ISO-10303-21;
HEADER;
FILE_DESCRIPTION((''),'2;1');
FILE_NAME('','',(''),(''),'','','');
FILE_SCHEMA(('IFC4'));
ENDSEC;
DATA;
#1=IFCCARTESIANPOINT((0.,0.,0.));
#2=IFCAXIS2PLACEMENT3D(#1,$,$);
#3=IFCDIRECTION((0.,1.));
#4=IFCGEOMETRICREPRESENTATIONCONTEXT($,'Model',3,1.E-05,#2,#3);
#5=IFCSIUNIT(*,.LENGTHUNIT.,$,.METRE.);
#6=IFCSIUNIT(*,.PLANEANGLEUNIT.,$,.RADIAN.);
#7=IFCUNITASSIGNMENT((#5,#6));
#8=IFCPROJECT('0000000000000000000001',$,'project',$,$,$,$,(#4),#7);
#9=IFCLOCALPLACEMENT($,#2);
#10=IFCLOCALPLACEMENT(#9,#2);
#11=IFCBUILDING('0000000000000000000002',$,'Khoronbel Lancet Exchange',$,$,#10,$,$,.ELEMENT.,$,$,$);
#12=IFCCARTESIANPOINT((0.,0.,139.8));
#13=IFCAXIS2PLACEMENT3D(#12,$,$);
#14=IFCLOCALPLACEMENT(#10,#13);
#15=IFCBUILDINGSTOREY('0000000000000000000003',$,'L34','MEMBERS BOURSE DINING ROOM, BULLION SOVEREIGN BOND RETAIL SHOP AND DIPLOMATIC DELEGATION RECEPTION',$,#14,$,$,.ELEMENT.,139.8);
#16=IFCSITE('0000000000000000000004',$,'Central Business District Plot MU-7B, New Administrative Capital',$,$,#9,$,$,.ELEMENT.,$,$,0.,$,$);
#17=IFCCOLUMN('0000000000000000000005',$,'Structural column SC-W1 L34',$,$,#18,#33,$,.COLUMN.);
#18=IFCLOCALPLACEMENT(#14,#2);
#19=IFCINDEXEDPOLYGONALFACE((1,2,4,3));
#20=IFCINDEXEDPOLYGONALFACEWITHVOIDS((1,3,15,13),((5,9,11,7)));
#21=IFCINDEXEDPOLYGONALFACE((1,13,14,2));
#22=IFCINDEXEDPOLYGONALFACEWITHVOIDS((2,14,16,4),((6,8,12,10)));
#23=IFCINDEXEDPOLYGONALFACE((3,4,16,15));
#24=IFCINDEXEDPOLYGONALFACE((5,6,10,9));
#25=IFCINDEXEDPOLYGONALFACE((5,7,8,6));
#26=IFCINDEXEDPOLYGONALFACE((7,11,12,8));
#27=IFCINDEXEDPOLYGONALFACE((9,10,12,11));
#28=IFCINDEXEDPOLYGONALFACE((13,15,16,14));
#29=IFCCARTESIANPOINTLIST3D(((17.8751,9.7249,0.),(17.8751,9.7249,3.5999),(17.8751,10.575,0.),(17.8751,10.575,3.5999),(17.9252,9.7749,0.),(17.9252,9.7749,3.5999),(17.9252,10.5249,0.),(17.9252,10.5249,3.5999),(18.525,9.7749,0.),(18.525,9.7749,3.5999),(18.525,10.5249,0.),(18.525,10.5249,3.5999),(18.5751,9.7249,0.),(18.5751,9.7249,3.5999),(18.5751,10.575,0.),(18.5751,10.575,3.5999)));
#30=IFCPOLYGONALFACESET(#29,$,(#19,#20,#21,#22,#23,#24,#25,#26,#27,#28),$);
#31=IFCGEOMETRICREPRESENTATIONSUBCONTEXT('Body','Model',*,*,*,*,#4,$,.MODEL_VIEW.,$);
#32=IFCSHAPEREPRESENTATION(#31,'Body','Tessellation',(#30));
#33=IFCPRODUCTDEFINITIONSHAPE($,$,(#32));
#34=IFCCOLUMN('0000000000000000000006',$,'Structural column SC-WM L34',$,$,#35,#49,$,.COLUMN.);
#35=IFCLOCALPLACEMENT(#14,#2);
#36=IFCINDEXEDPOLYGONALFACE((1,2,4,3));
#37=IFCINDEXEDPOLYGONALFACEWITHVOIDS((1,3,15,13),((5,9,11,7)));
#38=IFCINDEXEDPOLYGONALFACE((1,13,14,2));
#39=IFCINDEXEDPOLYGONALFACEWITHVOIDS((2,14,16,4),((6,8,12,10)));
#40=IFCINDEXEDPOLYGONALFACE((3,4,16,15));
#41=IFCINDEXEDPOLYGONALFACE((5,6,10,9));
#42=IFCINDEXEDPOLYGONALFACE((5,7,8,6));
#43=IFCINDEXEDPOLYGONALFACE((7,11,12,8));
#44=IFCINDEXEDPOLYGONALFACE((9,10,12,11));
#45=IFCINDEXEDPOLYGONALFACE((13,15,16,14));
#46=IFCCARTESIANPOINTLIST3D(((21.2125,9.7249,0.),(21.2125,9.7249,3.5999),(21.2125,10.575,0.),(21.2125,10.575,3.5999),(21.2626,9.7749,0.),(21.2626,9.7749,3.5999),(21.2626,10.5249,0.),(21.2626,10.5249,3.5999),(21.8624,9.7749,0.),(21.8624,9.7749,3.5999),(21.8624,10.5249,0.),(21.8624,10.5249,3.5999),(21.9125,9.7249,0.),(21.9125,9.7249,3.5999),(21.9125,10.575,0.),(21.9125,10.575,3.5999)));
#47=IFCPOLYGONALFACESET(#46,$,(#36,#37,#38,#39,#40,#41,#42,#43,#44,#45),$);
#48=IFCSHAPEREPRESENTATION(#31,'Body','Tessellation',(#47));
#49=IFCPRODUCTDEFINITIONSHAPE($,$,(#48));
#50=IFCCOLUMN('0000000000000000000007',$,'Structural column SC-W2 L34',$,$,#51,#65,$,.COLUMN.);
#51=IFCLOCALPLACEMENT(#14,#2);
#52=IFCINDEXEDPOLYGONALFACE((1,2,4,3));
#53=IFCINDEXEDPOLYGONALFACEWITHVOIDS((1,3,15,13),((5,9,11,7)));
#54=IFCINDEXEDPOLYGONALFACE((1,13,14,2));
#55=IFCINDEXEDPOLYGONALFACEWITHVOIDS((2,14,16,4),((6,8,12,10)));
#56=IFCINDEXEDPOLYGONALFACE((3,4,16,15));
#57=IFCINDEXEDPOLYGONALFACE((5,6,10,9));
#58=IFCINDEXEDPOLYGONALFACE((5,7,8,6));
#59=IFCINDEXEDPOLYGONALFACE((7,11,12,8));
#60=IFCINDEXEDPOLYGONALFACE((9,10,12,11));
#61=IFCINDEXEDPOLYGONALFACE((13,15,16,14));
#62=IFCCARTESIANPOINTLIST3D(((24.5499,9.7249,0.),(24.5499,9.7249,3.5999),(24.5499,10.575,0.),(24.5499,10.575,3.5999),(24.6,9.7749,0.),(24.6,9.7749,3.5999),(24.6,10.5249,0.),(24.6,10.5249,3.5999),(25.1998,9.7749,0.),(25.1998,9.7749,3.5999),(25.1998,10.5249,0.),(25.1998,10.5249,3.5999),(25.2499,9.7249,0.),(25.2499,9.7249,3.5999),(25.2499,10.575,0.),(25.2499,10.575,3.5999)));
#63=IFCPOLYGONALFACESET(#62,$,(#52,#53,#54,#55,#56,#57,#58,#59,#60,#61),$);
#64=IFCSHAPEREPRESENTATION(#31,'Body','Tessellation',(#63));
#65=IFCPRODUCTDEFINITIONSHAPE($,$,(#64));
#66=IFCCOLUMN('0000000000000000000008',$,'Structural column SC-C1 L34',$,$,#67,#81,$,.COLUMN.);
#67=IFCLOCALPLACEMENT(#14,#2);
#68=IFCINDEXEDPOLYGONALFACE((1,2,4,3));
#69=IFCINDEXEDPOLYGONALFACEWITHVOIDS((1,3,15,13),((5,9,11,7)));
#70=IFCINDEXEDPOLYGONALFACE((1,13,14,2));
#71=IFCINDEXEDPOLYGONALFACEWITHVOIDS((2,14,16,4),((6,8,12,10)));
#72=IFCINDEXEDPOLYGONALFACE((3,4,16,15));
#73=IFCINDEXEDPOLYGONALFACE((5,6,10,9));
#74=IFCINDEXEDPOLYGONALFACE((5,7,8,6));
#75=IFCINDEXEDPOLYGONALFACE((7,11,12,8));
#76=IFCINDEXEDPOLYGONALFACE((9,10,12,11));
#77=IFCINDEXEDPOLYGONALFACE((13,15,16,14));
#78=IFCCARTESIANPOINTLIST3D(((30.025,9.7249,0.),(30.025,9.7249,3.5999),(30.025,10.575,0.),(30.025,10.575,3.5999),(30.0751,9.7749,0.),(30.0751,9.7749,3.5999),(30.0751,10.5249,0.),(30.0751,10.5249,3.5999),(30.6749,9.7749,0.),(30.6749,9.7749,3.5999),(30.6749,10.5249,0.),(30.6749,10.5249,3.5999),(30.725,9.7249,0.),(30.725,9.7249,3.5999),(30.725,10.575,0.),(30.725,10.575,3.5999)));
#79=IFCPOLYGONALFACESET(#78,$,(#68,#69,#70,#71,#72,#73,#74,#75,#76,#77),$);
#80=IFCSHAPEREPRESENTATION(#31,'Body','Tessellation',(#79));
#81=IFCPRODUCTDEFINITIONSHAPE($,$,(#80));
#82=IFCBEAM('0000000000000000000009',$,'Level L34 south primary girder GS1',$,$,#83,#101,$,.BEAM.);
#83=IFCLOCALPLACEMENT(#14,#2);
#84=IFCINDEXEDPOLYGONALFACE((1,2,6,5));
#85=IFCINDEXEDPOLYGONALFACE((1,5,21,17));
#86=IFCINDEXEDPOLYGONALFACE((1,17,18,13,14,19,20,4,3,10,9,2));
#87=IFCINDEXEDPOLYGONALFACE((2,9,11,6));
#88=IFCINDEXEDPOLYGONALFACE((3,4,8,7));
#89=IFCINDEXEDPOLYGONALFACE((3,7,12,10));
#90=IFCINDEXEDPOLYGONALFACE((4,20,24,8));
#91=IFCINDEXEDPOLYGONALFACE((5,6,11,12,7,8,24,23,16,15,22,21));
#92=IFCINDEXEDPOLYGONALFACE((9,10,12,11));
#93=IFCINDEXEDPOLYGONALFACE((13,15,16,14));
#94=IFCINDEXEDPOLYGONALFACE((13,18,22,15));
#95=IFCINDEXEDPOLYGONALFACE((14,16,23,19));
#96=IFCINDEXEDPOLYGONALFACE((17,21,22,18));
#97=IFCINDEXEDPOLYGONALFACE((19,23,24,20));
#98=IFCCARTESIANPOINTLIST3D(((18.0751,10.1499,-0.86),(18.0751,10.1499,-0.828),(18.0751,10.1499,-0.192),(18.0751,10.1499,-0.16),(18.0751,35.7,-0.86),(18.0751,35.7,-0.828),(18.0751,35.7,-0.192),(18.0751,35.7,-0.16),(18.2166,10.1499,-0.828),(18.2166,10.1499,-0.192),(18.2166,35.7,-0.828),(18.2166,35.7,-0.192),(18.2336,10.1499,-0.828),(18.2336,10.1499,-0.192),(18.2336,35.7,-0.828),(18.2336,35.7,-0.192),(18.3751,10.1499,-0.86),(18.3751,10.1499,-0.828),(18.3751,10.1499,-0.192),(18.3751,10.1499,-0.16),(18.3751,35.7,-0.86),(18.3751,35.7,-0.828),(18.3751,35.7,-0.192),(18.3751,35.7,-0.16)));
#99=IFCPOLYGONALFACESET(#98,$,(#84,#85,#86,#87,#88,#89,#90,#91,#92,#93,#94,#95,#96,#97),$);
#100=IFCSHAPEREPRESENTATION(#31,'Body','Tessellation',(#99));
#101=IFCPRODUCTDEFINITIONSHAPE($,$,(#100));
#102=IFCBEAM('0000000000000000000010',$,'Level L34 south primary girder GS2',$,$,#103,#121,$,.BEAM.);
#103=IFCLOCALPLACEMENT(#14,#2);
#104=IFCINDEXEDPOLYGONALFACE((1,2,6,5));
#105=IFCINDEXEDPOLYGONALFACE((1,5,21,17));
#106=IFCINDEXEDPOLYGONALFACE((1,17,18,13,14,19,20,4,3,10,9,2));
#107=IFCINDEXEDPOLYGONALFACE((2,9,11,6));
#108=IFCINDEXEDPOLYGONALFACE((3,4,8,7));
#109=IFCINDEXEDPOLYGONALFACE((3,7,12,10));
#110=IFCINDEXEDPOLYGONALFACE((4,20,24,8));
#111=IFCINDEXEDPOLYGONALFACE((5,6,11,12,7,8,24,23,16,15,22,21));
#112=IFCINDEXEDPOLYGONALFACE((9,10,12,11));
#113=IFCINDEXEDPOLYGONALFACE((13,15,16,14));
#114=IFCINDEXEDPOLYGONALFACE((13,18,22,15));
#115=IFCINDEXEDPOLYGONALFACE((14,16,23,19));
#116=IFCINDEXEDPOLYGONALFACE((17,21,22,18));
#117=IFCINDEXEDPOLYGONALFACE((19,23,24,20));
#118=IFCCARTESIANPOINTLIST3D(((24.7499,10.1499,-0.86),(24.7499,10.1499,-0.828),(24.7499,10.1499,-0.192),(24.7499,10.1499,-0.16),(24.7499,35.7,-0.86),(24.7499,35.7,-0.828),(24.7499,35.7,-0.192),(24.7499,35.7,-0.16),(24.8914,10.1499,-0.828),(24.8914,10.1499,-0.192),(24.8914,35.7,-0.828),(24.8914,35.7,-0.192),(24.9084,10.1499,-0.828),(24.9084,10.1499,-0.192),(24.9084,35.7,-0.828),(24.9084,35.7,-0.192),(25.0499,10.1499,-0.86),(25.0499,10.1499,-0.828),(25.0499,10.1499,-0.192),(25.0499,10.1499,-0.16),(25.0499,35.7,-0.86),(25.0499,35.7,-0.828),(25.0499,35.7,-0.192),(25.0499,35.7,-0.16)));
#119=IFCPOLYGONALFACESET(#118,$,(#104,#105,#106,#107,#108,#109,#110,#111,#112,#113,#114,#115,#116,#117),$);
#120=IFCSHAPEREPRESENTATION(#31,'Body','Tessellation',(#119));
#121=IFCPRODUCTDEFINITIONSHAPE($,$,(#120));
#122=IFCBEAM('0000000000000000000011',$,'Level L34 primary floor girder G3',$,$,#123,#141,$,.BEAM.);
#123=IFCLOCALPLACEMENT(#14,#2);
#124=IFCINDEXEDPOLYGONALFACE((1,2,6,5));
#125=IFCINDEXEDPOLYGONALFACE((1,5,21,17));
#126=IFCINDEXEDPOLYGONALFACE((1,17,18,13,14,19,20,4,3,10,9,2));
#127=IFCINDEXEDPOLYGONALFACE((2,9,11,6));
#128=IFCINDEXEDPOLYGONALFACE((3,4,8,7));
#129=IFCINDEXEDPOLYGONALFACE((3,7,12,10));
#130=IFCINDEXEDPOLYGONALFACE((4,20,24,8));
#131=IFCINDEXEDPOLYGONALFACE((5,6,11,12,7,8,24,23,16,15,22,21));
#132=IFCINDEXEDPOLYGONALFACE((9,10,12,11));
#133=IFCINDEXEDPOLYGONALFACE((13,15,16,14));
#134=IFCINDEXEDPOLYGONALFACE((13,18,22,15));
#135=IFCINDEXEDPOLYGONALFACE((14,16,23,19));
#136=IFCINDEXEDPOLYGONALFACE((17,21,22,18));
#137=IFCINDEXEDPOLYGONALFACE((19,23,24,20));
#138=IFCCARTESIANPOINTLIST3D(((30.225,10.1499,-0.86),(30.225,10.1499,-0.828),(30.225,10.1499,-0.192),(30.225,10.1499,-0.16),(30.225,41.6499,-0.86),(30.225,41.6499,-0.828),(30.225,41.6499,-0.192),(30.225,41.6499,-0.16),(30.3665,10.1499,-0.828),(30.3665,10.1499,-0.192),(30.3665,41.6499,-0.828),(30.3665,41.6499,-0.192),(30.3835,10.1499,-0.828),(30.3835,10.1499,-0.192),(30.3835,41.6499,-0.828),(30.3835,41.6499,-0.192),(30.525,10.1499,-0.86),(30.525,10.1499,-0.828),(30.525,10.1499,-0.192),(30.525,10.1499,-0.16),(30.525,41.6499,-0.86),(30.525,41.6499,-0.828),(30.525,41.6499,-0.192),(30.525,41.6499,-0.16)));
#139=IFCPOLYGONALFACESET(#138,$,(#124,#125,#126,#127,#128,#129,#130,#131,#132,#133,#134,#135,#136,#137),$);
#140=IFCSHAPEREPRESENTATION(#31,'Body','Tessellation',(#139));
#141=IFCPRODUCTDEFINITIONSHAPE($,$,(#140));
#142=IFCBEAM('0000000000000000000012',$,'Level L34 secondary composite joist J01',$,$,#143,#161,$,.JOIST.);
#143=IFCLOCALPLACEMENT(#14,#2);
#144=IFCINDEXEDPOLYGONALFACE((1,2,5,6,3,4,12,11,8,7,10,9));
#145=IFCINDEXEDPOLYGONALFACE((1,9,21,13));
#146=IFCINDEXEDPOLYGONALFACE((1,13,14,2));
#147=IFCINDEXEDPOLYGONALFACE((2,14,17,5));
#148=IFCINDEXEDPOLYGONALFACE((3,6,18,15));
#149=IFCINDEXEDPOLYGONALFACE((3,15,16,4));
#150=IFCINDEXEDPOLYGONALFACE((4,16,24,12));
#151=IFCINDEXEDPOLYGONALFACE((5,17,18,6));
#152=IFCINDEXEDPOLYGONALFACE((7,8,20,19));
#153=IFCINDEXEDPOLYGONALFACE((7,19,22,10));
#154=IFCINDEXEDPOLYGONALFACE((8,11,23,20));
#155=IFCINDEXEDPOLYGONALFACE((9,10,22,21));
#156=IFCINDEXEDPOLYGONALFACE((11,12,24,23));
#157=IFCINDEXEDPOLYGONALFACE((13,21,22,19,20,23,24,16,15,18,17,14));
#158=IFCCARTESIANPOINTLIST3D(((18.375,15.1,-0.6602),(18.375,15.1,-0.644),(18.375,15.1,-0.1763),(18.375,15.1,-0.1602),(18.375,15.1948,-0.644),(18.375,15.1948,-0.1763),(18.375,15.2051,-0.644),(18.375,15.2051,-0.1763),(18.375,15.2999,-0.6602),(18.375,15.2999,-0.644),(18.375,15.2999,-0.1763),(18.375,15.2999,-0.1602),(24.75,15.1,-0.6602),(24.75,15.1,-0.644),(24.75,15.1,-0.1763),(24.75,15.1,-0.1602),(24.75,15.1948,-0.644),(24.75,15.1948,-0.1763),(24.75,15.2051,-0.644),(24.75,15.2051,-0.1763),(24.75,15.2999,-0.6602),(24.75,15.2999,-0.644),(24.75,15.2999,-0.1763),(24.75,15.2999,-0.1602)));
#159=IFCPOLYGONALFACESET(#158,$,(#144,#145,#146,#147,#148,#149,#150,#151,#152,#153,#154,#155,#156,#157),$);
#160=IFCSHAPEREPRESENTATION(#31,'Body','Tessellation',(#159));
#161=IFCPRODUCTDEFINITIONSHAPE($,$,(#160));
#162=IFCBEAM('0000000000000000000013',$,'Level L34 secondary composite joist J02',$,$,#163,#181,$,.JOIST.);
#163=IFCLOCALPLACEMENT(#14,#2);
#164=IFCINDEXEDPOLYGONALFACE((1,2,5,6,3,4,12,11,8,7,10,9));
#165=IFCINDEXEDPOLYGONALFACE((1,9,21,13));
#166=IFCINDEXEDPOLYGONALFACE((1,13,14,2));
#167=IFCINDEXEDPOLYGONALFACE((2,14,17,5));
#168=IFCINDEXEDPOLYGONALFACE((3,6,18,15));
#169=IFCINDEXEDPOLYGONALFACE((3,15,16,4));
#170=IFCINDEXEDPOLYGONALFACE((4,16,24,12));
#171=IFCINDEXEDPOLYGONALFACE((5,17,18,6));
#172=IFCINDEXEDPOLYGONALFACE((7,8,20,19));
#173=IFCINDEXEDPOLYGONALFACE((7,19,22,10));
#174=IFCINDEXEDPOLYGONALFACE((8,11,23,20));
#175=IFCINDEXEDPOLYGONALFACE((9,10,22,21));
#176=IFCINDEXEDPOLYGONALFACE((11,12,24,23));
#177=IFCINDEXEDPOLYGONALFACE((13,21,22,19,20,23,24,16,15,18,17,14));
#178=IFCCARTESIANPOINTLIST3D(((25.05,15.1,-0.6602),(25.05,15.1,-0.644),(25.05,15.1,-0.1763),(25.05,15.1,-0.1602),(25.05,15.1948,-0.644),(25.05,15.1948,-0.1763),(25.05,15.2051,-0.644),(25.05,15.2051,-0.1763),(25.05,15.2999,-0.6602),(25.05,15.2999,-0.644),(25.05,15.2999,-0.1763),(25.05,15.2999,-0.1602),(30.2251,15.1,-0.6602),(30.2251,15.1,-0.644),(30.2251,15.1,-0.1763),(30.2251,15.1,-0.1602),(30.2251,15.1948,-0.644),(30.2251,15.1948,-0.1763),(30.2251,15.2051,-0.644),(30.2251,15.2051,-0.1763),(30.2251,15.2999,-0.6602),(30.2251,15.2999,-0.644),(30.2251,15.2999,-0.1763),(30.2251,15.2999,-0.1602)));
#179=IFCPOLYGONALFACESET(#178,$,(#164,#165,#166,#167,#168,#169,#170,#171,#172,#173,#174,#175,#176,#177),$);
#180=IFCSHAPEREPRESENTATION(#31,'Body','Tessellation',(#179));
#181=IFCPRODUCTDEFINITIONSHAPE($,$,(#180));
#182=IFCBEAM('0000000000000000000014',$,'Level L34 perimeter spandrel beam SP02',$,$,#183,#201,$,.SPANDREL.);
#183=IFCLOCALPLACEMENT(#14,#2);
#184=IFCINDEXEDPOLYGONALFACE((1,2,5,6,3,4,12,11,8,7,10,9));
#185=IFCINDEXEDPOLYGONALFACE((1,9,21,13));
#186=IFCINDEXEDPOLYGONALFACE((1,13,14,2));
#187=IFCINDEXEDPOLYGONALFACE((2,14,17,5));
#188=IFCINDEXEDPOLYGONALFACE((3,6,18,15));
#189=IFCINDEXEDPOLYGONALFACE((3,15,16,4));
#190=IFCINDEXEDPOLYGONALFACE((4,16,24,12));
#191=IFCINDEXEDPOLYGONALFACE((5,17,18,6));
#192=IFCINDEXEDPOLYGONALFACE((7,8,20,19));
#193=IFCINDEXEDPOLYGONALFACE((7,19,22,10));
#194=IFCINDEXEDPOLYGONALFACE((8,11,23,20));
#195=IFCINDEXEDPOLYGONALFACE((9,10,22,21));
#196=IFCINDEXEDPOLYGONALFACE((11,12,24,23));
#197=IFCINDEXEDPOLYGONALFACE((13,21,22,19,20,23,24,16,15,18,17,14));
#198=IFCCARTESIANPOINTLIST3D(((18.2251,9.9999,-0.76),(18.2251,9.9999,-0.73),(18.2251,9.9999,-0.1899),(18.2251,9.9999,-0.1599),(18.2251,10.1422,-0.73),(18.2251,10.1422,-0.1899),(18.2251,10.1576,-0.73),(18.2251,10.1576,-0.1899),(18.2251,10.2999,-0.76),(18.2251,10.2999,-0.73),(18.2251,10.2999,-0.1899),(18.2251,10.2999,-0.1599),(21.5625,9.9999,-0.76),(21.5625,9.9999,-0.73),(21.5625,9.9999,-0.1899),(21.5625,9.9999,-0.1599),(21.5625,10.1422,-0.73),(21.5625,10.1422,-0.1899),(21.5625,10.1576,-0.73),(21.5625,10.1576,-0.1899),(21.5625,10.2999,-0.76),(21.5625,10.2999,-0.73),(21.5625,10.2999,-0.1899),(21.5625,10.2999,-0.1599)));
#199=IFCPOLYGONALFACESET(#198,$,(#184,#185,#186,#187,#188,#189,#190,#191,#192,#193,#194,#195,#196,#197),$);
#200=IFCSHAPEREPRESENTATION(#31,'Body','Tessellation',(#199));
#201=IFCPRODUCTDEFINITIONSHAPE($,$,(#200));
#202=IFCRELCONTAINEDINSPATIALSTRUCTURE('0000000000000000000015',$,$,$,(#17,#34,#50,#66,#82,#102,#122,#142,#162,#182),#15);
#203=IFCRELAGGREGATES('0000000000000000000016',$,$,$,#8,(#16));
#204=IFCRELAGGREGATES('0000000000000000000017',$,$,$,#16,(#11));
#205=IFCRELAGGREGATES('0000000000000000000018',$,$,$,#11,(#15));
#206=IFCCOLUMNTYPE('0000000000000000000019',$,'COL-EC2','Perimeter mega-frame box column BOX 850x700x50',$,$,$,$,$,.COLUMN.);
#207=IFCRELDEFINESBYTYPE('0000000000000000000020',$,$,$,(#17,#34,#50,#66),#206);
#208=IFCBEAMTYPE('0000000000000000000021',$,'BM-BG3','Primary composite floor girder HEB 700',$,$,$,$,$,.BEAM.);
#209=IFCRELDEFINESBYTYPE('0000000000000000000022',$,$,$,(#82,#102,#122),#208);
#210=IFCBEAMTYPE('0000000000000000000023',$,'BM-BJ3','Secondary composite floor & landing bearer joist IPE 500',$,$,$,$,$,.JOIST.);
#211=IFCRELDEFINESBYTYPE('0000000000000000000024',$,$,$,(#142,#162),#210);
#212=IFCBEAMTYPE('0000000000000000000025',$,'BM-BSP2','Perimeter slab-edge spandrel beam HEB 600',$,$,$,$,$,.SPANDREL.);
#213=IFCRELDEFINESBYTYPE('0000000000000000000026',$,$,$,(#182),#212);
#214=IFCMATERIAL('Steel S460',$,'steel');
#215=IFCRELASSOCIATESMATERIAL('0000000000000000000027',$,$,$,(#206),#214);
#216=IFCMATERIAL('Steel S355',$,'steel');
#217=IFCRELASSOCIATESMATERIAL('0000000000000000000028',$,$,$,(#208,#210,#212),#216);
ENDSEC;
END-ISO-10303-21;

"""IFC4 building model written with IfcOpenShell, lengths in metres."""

from ifc_helpers import new_model, si_unit, direction, frame, origin, origin_2d, place, context, subcontext, project, spatial, hollow_rectangle, i_section, extrude, material, material_profile, profile_set, type_object, element, save


model = new_model("IFC4")

# Units and contexts
model_context = context("Model", 3, precision=1e-05, world=origin(), true_north=direction((0.0, 1.0)))
body_context = subcontext(model_context, "Body", "Model", "MODEL_VIEW")
ifc_project = project(units=[si_unit("LENGTHUNIT", "METRE"), si_unit("PLANEANGLEUNIT", "RADIAN")], contexts=[model_context])

# Site, building, storey
site_placement = place(None, origin())
site = spatial("IfcSite", under=ifc_project, at=site_placement, Name="Central Business District Plot MU-7B, New Administrative Capital", CompositionType="ELEMENT", RefElevation=0.0)
building_placement = place(site_placement, origin())
building = spatial("IfcBuilding", under=site, at=building_placement, Name="Khoronbel Lancet Exchange", CompositionType="ELEMENT")
storey_placement = place(building_placement, frame((0.0, 0.0, 139.8)))
storey = spatial("IfcBuildingStorey", under=building, at=storey_placement, Name="L34", Description="MEMBERS BOURSE DINING ROOM, BULLION SOVEREIGN BOND RETAIL SHOP AND DIPLOMATIC DELEGATION RECEPTION", CompositionType="ELEMENT", Elevation=139.8)

# Columns
ifc_material_1 = material(Name="Steel S460", Category="steel")
ifc_material_profile_1 = material_profile(ifc_material_1, hollow_rectangle(XDim=0.7, YDim=0.8501, WallThickness=0.05, at=origin_2d()), Name="BOX 850x700x50")
ifc_profile_set_1 = profile_set([ifc_material_profile_1], Name="Steel S460")
column_type = type_object("IfcColumnType", Name="COL-EC2", Description="Perimeter mega-frame box column BOX 850x700x50", PredefinedType="COLUMN", material=ifc_profile_set_1)
for number, where, z_axis, x_axis, name in (
    (1, (18.2251, 10.1499, 0.0), (0.0, 0.0, 1.0), (1.0, 0.0, 0.0), "Structural column SC-W1 L34"),
    (2, (21.5625, 10.1499, 0.0), (0.0, 0.0, 1.0), (1.0, 0.0, 0.0), "Structural column SC-WM L34"),
    (3, (24.8999, 10.1499, 0.0), (0.0, 0.0, 1.0), (1.0, 0.0, 0.0), "Structural column SC-W2 L34"),
    (4, (30.375, 10.1499, 0.0), (0.0, 0.0, 1.0), (1.0, 0.0, 0.0), "Structural column SC-C1 L34"),
):
    element("IfcColumn", number, at=place(storey_placement, frame(where, z_axis=z_axis, x_axis=x_axis)), inside=storey, type_object=column_type, Name=name, PredefinedType="COLUMN", context=body_context, shape_type="SweptSolid", body=[
        extrude(hollow_rectangle(XDim=0.7, YDim=0.8501, WallThickness=0.05, at=origin_2d()), origin(), (0.0, 0.0, 1.0), 3.5999),
    ])

# Beams
ifc_material_2 = material(Name="Steel S355", Category="steel")
ifc_material_profile_2 = material_profile(ifc_material_2, i_section(OverallWidth=0.3, OverallDepth=0.7, WebThickness=0.0171, FlangeThickness=0.032, at=origin_2d()), Name="HEB 700")
ifc_profile_set_2 = profile_set([ifc_material_profile_2], Name="Steel S355")
beam_type_1 = type_object("IfcBeamType", Name="BM-BG3", Description="Primary composite floor girder HEB 700", PredefinedType="BEAM", material=ifc_profile_set_2)
for number, where, z_axis, x_axis, name in (
    (5, (18.2251, 10.1499, -0.51), (0.0, 1.0, 0.0), (-1.0, 0.0, 0.0), "Level L34 south primary girder GS1"),
    (6, (24.8999, 10.1499, -0.51), (0.0, 1.0, 0.0), (-1.0, 0.0, 0.0), "Level L34 south primary girder GS2"),
):
    element("IfcBeam", number, at=place(storey_placement, frame(where, z_axis=z_axis, x_axis=x_axis)), inside=storey, type_object=beam_type_1, Name=name, PredefinedType="BEAM", context=body_context, shape_type="SweptSolid", body=[
        extrude(i_section(OverallWidth=0.3, OverallDepth=0.7, WebThickness=0.0171, FlangeThickness=0.032, at=origin_2d()), origin(), (0.0, 0.0, 1.0), 25.55),
    ])
beam_1_placement = place(storey_placement, frame((30.375, 10.1499, -0.51), z_axis=(0.0, 1.0, 0.0), x_axis=(-1.0, 0.0, 0.0)))
element("IfcBeam", 7, at=beam_1_placement, inside=storey, type_object=beam_type_1, Name="Level L34 primary floor girder G3", PredefinedType="BEAM", context=body_context, shape_type="SweptSolid", body=[
    extrude(i_section(OverallWidth=0.3, OverallDepth=0.7, WebThickness=0.0171, FlangeThickness=0.032, at=origin_2d()), origin(), (0.0, 0.0, 1.0), 31.5),
])
ifc_material_profile_3 = material_profile(ifc_material_2, i_section(OverallWidth=0.2, OverallDepth=0.5, WebThickness=0.0103, FlangeThickness=0.0161, at=origin_2d()), Name="IPE 500")
ifc_profile_set_3 = profile_set([ifc_material_profile_3], Name="Steel S355")
beam_type_2 = type_object("IfcBeamType", Name="BM-BJ3", Description="Secondary composite floor & landing bearer joist IPE 500", PredefinedType="JOIST", material=ifc_profile_set_3)
beam_2_placement = place(storey_placement, frame((18.375, 15.2, -0.4102), z_axis=(1.0, 0.0, 0.0), x_axis=(0.0, 1.0, 0.0)))
element("IfcBeam", 8, at=beam_2_placement, inside=storey, type_object=beam_type_2, Name="Level L34 secondary composite joist J01", PredefinedType="JOIST", context=body_context, shape_type="SweptSolid", body=[
    extrude(i_section(OverallWidth=0.2, OverallDepth=0.5, WebThickness=0.0103, FlangeThickness=0.0161, at=origin_2d()), origin(), (0.0, 0.0, 1.0), 6.375),
])
beam_3_placement = place(storey_placement, frame((25.05, 15.2, -0.4102), z_axis=(1.0, 0.0, 0.0), x_axis=(0.0, 1.0, 0.0)))
element("IfcBeam", 9, at=beam_3_placement, inside=storey, type_object=beam_type_2, Name="Level L34 secondary composite joist J02", PredefinedType="JOIST", context=body_context, shape_type="SweptSolid", body=[
    extrude(i_section(OverallWidth=0.2, OverallDepth=0.5, WebThickness=0.0103, FlangeThickness=0.0161, at=origin_2d()), origin(), (0.0, 0.0, 1.0), 5.175),
])
ifc_material_profile_4 = material_profile(ifc_material_2, i_section(OverallWidth=0.3, OverallDepth=0.6001, WebThickness=0.0154, FlangeThickness=0.03, at=origin_2d()), Name="HEB 600")
ifc_profile_set_4 = profile_set([ifc_material_profile_4], Name="Steel S355")
beam_type_3 = type_object("IfcBeamType", Name="BM-BSP2", Description="Perimeter slab-edge spandrel beam HEB 600", PredefinedType="SPANDREL", material=ifc_profile_set_4)
for number, where, z_axis, x_axis, name in (
    (10, (18.2251, 10.1499, -0.46), (1.0, 0.0, 0.0), (0.0, 1.0, 0.0), "Level L34 perimeter spandrel beam SP02"),
):
    element("IfcBeam", number, at=place(storey_placement, frame(where, z_axis=z_axis, x_axis=x_axis)), inside=storey, type_object=beam_type_3, Name=name, PredefinedType="SPANDREL", context=body_context, shape_type="SweptSolid", body=[
        extrude(i_section(OverallWidth=0.3, OverallDepth=0.6001, WebThickness=0.0154, FlangeThickness=0.03, at=origin_2d()), origin(), (0.0, 0.0, 1.0), 3.3374),
    ])

save(model, "model.ifc")
